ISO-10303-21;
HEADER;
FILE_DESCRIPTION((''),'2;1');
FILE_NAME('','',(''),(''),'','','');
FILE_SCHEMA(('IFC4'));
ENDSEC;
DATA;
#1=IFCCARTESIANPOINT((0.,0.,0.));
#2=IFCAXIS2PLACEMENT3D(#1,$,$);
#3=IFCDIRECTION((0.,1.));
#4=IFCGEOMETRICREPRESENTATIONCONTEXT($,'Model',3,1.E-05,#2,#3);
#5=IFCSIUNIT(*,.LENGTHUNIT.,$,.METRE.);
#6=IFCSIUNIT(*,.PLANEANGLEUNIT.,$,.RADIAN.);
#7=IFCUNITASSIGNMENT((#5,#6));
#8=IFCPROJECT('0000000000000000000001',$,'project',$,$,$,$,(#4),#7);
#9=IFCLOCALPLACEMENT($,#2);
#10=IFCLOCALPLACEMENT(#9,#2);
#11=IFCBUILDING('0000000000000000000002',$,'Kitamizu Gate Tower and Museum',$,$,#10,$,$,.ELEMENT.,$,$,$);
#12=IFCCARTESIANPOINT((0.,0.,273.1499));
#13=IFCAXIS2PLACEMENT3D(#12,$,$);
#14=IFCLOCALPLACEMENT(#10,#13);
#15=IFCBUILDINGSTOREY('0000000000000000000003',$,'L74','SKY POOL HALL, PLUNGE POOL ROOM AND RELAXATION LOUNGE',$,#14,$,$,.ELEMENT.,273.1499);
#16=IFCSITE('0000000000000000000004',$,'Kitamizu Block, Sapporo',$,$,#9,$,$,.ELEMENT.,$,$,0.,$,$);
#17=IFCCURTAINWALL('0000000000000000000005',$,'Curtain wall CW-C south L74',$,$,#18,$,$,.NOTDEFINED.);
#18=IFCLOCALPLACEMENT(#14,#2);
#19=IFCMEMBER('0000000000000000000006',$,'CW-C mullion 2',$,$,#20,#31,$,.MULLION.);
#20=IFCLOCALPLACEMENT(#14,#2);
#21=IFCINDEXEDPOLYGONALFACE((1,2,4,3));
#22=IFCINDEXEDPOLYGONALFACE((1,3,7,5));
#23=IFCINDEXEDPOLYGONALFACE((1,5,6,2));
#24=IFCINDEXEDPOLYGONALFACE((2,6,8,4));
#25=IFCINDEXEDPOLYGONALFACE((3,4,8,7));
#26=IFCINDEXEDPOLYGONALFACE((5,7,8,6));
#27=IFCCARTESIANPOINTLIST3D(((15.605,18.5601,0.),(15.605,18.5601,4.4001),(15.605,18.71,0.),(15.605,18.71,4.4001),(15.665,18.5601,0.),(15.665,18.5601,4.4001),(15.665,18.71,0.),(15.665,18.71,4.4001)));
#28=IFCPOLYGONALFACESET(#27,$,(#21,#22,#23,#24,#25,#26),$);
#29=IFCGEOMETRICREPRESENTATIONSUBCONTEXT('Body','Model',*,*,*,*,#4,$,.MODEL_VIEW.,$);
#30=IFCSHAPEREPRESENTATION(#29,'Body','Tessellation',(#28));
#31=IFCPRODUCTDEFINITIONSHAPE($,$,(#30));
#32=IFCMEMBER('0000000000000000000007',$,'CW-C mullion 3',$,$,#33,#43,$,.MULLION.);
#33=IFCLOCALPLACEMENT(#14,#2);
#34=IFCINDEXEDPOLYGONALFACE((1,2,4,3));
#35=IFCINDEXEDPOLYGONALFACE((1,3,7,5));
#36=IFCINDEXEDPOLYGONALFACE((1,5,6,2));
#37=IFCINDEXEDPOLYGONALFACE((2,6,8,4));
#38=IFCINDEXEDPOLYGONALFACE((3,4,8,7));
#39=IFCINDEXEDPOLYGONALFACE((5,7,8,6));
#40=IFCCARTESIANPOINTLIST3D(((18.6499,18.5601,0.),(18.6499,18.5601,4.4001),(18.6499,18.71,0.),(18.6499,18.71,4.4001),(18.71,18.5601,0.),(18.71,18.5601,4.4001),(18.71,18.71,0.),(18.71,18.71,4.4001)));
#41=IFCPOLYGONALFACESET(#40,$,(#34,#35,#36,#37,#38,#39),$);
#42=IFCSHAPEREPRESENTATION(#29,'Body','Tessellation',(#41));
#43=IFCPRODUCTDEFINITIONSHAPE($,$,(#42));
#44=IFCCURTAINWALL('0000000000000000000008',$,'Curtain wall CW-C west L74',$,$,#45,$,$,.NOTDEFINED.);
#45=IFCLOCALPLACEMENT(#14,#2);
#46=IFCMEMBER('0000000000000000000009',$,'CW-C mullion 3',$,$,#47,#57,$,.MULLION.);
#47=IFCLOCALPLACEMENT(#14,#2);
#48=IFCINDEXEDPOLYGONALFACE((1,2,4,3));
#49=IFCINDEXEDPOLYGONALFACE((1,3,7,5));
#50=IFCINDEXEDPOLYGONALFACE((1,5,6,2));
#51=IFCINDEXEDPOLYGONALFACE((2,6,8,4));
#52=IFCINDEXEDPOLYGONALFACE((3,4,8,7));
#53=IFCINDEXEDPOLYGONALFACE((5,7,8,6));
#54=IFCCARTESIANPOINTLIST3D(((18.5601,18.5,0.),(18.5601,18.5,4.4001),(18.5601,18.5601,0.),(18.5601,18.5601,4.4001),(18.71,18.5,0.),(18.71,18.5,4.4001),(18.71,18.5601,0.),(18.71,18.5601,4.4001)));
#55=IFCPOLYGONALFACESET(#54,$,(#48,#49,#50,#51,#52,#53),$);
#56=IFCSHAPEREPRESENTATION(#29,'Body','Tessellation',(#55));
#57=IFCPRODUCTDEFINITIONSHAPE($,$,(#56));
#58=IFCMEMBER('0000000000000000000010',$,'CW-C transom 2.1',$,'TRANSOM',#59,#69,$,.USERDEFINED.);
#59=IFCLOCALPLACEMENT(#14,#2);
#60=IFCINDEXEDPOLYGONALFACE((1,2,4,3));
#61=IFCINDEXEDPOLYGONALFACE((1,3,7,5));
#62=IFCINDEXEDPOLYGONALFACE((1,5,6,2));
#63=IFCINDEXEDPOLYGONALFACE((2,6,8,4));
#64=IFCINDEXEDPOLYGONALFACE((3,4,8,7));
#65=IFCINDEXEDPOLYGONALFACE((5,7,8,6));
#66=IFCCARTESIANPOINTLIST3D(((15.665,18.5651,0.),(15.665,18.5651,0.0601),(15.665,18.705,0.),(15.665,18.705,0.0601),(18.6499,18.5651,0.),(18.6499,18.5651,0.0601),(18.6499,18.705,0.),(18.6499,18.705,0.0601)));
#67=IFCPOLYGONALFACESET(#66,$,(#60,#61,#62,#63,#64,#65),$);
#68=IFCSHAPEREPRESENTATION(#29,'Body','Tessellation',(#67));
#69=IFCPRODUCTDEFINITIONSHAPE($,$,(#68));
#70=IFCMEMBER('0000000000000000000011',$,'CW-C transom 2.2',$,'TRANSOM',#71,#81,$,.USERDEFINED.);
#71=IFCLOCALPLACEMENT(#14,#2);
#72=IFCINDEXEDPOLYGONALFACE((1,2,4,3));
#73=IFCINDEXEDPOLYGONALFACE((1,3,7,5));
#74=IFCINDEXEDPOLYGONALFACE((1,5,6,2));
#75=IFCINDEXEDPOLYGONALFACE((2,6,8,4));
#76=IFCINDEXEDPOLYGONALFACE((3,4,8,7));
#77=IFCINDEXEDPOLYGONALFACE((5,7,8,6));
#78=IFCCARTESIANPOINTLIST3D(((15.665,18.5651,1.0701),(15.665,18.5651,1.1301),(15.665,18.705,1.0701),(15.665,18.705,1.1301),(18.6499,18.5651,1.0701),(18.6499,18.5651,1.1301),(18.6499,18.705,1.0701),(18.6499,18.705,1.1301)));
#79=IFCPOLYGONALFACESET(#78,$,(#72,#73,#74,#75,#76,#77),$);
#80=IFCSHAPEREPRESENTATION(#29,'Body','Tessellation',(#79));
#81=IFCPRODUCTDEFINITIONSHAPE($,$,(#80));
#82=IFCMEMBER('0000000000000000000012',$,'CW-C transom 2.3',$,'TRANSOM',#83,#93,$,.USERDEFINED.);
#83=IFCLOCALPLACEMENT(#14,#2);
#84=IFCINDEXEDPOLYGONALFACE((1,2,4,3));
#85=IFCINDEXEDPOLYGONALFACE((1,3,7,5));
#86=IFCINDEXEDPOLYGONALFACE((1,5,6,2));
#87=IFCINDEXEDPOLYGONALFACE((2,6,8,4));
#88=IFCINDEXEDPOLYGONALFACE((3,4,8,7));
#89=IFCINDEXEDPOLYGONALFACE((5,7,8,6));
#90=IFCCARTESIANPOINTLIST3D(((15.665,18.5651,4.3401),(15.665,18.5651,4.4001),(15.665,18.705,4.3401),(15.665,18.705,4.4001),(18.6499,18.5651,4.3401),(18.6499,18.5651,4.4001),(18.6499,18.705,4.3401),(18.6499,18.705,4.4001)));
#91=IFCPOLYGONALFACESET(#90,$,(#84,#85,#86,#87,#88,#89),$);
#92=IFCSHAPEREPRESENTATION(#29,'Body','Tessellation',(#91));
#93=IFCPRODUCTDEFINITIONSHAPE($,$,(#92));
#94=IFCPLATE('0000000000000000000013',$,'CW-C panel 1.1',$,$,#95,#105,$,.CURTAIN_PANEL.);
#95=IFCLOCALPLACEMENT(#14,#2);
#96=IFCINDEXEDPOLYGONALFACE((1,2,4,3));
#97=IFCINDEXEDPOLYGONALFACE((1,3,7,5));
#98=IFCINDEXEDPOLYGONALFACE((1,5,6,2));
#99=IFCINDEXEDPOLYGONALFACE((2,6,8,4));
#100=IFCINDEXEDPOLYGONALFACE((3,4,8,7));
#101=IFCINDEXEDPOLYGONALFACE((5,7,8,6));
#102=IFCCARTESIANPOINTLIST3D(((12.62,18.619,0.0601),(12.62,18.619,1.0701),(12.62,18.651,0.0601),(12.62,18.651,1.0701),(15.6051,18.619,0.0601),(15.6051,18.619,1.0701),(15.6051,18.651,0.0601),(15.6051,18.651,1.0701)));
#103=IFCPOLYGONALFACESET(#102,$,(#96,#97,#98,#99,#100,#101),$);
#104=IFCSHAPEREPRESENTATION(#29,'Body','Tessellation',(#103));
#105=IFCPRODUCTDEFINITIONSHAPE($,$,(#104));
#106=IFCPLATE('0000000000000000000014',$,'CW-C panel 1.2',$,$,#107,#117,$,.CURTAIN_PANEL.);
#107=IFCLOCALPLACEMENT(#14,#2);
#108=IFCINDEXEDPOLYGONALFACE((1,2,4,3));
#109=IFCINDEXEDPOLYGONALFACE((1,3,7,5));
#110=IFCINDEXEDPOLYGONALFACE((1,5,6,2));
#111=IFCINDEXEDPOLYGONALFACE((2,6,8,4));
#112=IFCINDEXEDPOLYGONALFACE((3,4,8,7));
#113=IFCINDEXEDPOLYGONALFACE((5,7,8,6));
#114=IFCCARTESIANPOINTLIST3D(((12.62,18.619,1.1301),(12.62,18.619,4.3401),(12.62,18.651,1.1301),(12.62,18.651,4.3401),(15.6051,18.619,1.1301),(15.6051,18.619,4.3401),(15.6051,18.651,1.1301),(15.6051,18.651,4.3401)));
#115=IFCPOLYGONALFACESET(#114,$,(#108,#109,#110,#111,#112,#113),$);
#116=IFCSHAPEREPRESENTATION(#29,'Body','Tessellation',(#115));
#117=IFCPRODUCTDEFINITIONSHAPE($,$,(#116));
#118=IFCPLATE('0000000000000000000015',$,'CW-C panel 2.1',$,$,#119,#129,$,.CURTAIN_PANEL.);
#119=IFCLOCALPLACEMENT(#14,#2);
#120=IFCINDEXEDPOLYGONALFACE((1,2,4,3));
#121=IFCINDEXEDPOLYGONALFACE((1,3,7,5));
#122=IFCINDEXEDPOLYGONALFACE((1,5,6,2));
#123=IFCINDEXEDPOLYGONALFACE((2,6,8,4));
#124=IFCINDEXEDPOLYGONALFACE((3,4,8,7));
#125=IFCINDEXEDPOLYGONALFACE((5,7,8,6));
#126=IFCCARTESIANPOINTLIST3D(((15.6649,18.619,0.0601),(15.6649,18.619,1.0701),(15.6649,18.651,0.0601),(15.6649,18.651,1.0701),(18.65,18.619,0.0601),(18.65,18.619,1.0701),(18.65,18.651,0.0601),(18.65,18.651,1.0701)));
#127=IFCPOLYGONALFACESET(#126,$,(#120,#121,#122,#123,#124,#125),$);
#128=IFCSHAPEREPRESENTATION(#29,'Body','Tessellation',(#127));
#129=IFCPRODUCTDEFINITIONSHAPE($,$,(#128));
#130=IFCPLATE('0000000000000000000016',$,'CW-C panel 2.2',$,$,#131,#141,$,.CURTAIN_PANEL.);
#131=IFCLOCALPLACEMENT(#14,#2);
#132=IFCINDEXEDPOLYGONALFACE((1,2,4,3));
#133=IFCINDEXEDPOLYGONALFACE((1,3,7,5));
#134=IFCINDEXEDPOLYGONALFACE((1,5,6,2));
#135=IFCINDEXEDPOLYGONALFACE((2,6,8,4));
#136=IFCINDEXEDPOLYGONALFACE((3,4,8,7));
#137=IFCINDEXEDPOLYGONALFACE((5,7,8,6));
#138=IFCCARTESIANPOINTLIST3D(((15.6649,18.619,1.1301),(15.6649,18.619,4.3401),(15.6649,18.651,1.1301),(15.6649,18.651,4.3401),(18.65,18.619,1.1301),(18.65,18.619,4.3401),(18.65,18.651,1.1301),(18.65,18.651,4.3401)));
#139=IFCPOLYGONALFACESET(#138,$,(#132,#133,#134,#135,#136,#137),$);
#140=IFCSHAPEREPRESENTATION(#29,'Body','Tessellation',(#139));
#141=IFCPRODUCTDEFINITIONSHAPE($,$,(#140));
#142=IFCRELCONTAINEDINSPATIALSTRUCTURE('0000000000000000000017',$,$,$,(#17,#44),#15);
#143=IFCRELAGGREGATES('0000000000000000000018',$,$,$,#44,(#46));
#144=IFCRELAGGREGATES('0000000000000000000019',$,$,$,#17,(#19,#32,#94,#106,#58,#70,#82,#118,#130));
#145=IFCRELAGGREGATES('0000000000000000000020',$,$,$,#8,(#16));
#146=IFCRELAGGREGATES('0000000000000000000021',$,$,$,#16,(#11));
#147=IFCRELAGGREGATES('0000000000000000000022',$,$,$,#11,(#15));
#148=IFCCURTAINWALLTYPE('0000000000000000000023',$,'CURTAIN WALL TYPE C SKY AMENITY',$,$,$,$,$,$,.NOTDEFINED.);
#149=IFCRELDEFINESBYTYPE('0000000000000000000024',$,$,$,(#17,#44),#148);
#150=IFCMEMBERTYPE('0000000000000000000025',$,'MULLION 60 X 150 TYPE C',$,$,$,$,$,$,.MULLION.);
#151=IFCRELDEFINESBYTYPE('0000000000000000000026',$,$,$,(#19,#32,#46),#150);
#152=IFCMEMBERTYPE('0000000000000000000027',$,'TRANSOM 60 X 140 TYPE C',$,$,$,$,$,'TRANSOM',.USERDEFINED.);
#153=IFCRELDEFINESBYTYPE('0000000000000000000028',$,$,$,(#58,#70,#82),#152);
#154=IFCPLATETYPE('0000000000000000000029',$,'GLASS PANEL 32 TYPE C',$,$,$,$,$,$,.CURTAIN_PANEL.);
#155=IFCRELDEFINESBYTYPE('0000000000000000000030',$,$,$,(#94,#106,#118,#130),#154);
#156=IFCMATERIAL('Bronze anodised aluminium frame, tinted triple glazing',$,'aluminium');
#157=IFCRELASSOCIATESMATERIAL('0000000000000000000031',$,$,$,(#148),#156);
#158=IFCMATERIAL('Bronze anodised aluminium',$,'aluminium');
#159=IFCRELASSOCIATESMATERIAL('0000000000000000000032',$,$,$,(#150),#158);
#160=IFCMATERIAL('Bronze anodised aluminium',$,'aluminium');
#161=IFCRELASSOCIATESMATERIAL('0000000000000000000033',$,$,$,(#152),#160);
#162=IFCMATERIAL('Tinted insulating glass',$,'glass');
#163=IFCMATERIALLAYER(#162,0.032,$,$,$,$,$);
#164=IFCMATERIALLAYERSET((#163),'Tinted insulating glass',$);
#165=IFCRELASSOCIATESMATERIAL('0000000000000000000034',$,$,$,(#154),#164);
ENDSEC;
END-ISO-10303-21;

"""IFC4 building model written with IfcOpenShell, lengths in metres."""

from ifc_helpers import new_model, si_unit, direction, frame, origin, origin_2d, place, context, subcontext, project, spatial, rectangle, extrude, material, layer, layer_set, material_profile, profile_set, type_object, element, aggregate, save


model = new_model("IFC4")

# Units and contexts
model_context = context("Model", 3, precision=1e-05, world=origin(), true_north=direction((0.0, 1.0)))
body_context = subcontext(model_context, "Body", "Model", "MODEL_VIEW")
ifc_project = project(units=[si_unit("LENGTHUNIT", "METRE"), si_unit("PLANEANGLEUNIT", "RADIAN")], contexts=[model_context])

# Site, building, storey
site_placement = place(None, origin())
site = spatial("IfcSite", under=ifc_project, at=site_placement, Name="Kitamizu Block, Sapporo", CompositionType="ELEMENT", RefElevation=0.0)
building_placement = place(site_placement, origin())
building = spatial("IfcBuilding", under=site, at=building_placement, Name="Kitamizu Gate Tower and Museum", CompositionType="ELEMENT")
storey_placement = place(building_placement, frame((0.0, 0.0, 273.1499)))
storey = spatial("IfcBuildingStorey", under=building, at=storey_placement, Name="L74", Description="SKY POOL HALL, PLUNGE POOL ROOM AND RELAXATION LOUNGE", CompositionType="ELEMENT", Elevation=273.1499)

# Curtain wall, members
ifc_material_1 = material(Name="Bronze anodised aluminium frame, tinted triple glazing", Category="aluminium")
curtain_wall_type = type_object("IfcCurtainWallType", Name="CURTAIN WALL TYPE C SKY AMENITY", PredefinedType="NOTDEFINED", material=ifc_material_1)
curtain_wall_1_placement = place(storey_placement, origin())
curtain_wall_1 = element("IfcCurtainWall", 1, at=curtain_wall_1_placement, inside=storey, type_object=curtain_wall_type, Name="Curtain wall CW-C south L74", PredefinedType="NOTDEFINED")
ifc_material_2 = material(Name="Bronze anodised aluminium", Category="aluminium")
ifc_material_profile_1 = material_profile(ifc_material_2, rectangle(XDim=0.0601, YDim=0.1499, at=origin_2d()), Name="AL 60X150")
ifc_profile_set_1 = profile_set([ifc_material_profile_1], Name="Bronze anodised aluminium")
member_type_1 = type_object("IfcMemberType", Name="MULLION 60 X 150 TYPE C", PredefinedType="MULLION", material=ifc_profile_set_1)
member_1_placement = place(storey_placement, frame((15.635, 18.635, 0.0), z_axis=(0.0, 0.0, 1.0), x_axis=(1.0, 0.0, 0.0)))
member_1 = element("IfcMember", 2, at=member_1_placement, type_object=member_type_1, Name="CW-C mullion 2", PredefinedType="MULLION", context=body_context, shape_type="SweptSolid", body=[
    extrude(rectangle(XDim=0.0601, YDim=0.1499, at=origin_2d()), origin(), (0.0, 0.0, 1.0), 4.4001),
])
member_2_placement = place(storey_placement, frame((18.6799, 18.635, 0.0), z_axis=(0.0, 0.0, 1.0), x_axis=(1.0, 0.0, 0.0)))
member_2 = element("IfcMember", 3, at=member_2_placement, type_object=member_type_1, Name="CW-C mullion 3", PredefinedType="MULLION", context=body_context, shape_type="SweptSolid", body=[
    extrude(rectangle(XDim=0.0601, YDim=0.1499, at=origin_2d()), origin(), (0.0, 0.0, 1.0), 4.4001),
])

# Curtain wall, member
curtain_wall_2_placement = place(storey_placement, origin())
curtain_wall_2 = element("IfcCurtainWall", 4, at=curtain_wall_2_placement, inside=storey, type_object=curtain_wall_type, Name="Curtain wall CW-C west L74", PredefinedType="NOTDEFINED")
member_3_placement = place(storey_placement, frame((18.635, 18.53, 0.0), z_axis=(0.0, 0.0, 1.0), x_axis=(0.0, 1.0, 0.0)))
member_3 = element("IfcMember", 5, at=member_3_placement, type_object=member_type_1, Name="CW-C mullion 3", PredefinedType="MULLION", context=body_context, shape_type="SweptSolid", body=[
    extrude(rectangle(XDim=0.0601, YDim=0.1499, at=origin_2d()), origin(), (0.0, 0.0, 1.0), 4.4001),
])
aggregate(curtain_wall_2, [member_3])

# Members
ifc_material_3 = material(Name="Bronze anodised aluminium", Category="aluminium")
ifc_material_profile_2 = material_profile(ifc_material_3, rectangle(XDim=0.1399, YDim=0.0601, at=origin_2d()), Name="AL 60X140")
ifc_profile_set_2 = profile_set([ifc_material_profile_2], Name="Bronze anodised aluminium")
member_type_2 = type_object("IfcMemberType", Name="TRANSOM 60 X 140 TYPE C", ElementType="TRANSOM", PredefinedType="USERDEFINED", material=ifc_profile_set_2)
member_4_placement = place(storey_placement, frame((15.665, 18.635, 0.03), z_axis=(1.0, 0.0, 0.0), x_axis=(0.0, 1.0, 0.0)))
member_4 = element("IfcMember", 6, at=member_4_placement, type_object=member_type_2, Name="CW-C transom 2.1", ObjectType="TRANSOM", PredefinedType="USERDEFINED", context=body_context, shape_type="SweptSolid", body=[
    extrude(rectangle(XDim=0.1399, YDim=0.0601, at=origin_2d()), origin(), (0.0, 0.0, 1.0), 2.9849),
])
member_5_placement = place(storey_placement, frame((15.665, 18.635, 1.1001), z_axis=(1.0, 0.0, 0.0), x_axis=(0.0, 1.0, 0.0)))
member_5 = element("IfcMember", 7, at=member_5_placement, type_object=member_type_2, Name="CW-C transom 2.2", ObjectType="TRANSOM", PredefinedType="USERDEFINED", context=body_context, shape_type="SweptSolid", body=[
    extrude(rectangle(XDim=0.1399, YDim=0.0601, at=origin_2d()), origin(), (0.0, 0.0, 1.0), 2.9849),
])
member_6_placement = place(storey_placement, frame((15.665, 18.635, 4.3701), z_axis=(1.0, 0.0, 0.0), x_axis=(0.0, 1.0, 0.0)))
member_6 = element("IfcMember", 8, at=member_6_placement, type_object=member_type_2, Name="CW-C transom 2.3", ObjectType="TRANSOM", PredefinedType="USERDEFINED", context=body_context, shape_type="SweptSolid", body=[
    extrude(rectangle(XDim=0.1399, YDim=0.0601, at=origin_2d()), origin(), (0.0, 0.0, 1.0), 2.9849),
])

# Plates
ifc_material_4 = material(Name="Tinted insulating glass", Category="glass")
ifc_layer_1 = layer(ifc_material_4, 0.032)
ifc_layer_set_1 = layer_set([ifc_layer_1], Name="Tinted insulating glass")
plate_type = type_object("IfcPlateType", Name="GLASS PANEL 32 TYPE C", PredefinedType="CURTAIN_PANEL", material=ifc_layer_set_1)
plate_1_placement = place(storey_placement, frame((14.1125, 18.635, 0.0601), z_axis=(0.0, 0.0, 1.0), x_axis=(1.0, 0.0, 0.0)))
plate_1 = element("IfcPlate", 9, at=plate_1_placement, type_object=plate_type, Name="CW-C panel 1.1", PredefinedType="CURTAIN_PANEL", context=body_context, shape_type="SweptSolid", body=[
    extrude(rectangle(XDim=2.9851, YDim=0.032, at=origin_2d()), origin(), (0.0, 0.0, 1.0), 1.01),
])
plate_2_placement = place(storey_placement, frame((14.1125, 18.635, 1.1301), z_axis=(0.0, 0.0, 1.0), x_axis=(1.0, 0.0, 0.0)))
plate_2 = element("IfcPlate", 10, at=plate_2_placement, type_object=plate_type, Name="CW-C panel 1.2", PredefinedType="CURTAIN_PANEL", context=body_context, shape_type="SweptSolid", body=[
    extrude(rectangle(XDim=2.9851, YDim=0.032, at=origin_2d()), origin(), (0.0, 0.0, 1.0), 3.21),
])
plate_3_placement = place(storey_placement, frame((17.1575, 18.635, 0.0601), z_axis=(0.0, 0.0, 1.0), x_axis=(1.0, 0.0, 0.0)))
plate_3 = element("IfcPlate", 11, at=plate_3_placement, type_object=plate_type, Name="CW-C panel 2.1", PredefinedType="CURTAIN_PANEL", context=body_context, shape_type="SweptSolid", body=[
    extrude(rectangle(XDim=2.9851, YDim=0.032, at=origin_2d()), origin(), (0.0, 0.0, 1.0), 1.01),
])
plate_4_placement = place(storey_placement, frame((17.1575, 18.635, 1.1301), z_axis=(0.0, 0.0, 1.0), x_axis=(1.0, 0.0, 0.0)))
plate_4 = element("IfcPlate", 12, at=plate_4_placement, type_object=plate_type, Name="CW-C panel 2.2", PredefinedType="CURTAIN_PANEL", context=body_context, shape_type="SweptSolid", body=[
    extrude(rectangle(XDim=2.9851, YDim=0.032, at=origin_2d()), origin(), (0.0, 0.0, 1.0), 3.21),
])
aggregate(curtain_wall_1, [member_1, member_2, plate_1, plate_2, member_4, member_5, member_6, plate_3, plate_4])

save(model, "model.ifc")
